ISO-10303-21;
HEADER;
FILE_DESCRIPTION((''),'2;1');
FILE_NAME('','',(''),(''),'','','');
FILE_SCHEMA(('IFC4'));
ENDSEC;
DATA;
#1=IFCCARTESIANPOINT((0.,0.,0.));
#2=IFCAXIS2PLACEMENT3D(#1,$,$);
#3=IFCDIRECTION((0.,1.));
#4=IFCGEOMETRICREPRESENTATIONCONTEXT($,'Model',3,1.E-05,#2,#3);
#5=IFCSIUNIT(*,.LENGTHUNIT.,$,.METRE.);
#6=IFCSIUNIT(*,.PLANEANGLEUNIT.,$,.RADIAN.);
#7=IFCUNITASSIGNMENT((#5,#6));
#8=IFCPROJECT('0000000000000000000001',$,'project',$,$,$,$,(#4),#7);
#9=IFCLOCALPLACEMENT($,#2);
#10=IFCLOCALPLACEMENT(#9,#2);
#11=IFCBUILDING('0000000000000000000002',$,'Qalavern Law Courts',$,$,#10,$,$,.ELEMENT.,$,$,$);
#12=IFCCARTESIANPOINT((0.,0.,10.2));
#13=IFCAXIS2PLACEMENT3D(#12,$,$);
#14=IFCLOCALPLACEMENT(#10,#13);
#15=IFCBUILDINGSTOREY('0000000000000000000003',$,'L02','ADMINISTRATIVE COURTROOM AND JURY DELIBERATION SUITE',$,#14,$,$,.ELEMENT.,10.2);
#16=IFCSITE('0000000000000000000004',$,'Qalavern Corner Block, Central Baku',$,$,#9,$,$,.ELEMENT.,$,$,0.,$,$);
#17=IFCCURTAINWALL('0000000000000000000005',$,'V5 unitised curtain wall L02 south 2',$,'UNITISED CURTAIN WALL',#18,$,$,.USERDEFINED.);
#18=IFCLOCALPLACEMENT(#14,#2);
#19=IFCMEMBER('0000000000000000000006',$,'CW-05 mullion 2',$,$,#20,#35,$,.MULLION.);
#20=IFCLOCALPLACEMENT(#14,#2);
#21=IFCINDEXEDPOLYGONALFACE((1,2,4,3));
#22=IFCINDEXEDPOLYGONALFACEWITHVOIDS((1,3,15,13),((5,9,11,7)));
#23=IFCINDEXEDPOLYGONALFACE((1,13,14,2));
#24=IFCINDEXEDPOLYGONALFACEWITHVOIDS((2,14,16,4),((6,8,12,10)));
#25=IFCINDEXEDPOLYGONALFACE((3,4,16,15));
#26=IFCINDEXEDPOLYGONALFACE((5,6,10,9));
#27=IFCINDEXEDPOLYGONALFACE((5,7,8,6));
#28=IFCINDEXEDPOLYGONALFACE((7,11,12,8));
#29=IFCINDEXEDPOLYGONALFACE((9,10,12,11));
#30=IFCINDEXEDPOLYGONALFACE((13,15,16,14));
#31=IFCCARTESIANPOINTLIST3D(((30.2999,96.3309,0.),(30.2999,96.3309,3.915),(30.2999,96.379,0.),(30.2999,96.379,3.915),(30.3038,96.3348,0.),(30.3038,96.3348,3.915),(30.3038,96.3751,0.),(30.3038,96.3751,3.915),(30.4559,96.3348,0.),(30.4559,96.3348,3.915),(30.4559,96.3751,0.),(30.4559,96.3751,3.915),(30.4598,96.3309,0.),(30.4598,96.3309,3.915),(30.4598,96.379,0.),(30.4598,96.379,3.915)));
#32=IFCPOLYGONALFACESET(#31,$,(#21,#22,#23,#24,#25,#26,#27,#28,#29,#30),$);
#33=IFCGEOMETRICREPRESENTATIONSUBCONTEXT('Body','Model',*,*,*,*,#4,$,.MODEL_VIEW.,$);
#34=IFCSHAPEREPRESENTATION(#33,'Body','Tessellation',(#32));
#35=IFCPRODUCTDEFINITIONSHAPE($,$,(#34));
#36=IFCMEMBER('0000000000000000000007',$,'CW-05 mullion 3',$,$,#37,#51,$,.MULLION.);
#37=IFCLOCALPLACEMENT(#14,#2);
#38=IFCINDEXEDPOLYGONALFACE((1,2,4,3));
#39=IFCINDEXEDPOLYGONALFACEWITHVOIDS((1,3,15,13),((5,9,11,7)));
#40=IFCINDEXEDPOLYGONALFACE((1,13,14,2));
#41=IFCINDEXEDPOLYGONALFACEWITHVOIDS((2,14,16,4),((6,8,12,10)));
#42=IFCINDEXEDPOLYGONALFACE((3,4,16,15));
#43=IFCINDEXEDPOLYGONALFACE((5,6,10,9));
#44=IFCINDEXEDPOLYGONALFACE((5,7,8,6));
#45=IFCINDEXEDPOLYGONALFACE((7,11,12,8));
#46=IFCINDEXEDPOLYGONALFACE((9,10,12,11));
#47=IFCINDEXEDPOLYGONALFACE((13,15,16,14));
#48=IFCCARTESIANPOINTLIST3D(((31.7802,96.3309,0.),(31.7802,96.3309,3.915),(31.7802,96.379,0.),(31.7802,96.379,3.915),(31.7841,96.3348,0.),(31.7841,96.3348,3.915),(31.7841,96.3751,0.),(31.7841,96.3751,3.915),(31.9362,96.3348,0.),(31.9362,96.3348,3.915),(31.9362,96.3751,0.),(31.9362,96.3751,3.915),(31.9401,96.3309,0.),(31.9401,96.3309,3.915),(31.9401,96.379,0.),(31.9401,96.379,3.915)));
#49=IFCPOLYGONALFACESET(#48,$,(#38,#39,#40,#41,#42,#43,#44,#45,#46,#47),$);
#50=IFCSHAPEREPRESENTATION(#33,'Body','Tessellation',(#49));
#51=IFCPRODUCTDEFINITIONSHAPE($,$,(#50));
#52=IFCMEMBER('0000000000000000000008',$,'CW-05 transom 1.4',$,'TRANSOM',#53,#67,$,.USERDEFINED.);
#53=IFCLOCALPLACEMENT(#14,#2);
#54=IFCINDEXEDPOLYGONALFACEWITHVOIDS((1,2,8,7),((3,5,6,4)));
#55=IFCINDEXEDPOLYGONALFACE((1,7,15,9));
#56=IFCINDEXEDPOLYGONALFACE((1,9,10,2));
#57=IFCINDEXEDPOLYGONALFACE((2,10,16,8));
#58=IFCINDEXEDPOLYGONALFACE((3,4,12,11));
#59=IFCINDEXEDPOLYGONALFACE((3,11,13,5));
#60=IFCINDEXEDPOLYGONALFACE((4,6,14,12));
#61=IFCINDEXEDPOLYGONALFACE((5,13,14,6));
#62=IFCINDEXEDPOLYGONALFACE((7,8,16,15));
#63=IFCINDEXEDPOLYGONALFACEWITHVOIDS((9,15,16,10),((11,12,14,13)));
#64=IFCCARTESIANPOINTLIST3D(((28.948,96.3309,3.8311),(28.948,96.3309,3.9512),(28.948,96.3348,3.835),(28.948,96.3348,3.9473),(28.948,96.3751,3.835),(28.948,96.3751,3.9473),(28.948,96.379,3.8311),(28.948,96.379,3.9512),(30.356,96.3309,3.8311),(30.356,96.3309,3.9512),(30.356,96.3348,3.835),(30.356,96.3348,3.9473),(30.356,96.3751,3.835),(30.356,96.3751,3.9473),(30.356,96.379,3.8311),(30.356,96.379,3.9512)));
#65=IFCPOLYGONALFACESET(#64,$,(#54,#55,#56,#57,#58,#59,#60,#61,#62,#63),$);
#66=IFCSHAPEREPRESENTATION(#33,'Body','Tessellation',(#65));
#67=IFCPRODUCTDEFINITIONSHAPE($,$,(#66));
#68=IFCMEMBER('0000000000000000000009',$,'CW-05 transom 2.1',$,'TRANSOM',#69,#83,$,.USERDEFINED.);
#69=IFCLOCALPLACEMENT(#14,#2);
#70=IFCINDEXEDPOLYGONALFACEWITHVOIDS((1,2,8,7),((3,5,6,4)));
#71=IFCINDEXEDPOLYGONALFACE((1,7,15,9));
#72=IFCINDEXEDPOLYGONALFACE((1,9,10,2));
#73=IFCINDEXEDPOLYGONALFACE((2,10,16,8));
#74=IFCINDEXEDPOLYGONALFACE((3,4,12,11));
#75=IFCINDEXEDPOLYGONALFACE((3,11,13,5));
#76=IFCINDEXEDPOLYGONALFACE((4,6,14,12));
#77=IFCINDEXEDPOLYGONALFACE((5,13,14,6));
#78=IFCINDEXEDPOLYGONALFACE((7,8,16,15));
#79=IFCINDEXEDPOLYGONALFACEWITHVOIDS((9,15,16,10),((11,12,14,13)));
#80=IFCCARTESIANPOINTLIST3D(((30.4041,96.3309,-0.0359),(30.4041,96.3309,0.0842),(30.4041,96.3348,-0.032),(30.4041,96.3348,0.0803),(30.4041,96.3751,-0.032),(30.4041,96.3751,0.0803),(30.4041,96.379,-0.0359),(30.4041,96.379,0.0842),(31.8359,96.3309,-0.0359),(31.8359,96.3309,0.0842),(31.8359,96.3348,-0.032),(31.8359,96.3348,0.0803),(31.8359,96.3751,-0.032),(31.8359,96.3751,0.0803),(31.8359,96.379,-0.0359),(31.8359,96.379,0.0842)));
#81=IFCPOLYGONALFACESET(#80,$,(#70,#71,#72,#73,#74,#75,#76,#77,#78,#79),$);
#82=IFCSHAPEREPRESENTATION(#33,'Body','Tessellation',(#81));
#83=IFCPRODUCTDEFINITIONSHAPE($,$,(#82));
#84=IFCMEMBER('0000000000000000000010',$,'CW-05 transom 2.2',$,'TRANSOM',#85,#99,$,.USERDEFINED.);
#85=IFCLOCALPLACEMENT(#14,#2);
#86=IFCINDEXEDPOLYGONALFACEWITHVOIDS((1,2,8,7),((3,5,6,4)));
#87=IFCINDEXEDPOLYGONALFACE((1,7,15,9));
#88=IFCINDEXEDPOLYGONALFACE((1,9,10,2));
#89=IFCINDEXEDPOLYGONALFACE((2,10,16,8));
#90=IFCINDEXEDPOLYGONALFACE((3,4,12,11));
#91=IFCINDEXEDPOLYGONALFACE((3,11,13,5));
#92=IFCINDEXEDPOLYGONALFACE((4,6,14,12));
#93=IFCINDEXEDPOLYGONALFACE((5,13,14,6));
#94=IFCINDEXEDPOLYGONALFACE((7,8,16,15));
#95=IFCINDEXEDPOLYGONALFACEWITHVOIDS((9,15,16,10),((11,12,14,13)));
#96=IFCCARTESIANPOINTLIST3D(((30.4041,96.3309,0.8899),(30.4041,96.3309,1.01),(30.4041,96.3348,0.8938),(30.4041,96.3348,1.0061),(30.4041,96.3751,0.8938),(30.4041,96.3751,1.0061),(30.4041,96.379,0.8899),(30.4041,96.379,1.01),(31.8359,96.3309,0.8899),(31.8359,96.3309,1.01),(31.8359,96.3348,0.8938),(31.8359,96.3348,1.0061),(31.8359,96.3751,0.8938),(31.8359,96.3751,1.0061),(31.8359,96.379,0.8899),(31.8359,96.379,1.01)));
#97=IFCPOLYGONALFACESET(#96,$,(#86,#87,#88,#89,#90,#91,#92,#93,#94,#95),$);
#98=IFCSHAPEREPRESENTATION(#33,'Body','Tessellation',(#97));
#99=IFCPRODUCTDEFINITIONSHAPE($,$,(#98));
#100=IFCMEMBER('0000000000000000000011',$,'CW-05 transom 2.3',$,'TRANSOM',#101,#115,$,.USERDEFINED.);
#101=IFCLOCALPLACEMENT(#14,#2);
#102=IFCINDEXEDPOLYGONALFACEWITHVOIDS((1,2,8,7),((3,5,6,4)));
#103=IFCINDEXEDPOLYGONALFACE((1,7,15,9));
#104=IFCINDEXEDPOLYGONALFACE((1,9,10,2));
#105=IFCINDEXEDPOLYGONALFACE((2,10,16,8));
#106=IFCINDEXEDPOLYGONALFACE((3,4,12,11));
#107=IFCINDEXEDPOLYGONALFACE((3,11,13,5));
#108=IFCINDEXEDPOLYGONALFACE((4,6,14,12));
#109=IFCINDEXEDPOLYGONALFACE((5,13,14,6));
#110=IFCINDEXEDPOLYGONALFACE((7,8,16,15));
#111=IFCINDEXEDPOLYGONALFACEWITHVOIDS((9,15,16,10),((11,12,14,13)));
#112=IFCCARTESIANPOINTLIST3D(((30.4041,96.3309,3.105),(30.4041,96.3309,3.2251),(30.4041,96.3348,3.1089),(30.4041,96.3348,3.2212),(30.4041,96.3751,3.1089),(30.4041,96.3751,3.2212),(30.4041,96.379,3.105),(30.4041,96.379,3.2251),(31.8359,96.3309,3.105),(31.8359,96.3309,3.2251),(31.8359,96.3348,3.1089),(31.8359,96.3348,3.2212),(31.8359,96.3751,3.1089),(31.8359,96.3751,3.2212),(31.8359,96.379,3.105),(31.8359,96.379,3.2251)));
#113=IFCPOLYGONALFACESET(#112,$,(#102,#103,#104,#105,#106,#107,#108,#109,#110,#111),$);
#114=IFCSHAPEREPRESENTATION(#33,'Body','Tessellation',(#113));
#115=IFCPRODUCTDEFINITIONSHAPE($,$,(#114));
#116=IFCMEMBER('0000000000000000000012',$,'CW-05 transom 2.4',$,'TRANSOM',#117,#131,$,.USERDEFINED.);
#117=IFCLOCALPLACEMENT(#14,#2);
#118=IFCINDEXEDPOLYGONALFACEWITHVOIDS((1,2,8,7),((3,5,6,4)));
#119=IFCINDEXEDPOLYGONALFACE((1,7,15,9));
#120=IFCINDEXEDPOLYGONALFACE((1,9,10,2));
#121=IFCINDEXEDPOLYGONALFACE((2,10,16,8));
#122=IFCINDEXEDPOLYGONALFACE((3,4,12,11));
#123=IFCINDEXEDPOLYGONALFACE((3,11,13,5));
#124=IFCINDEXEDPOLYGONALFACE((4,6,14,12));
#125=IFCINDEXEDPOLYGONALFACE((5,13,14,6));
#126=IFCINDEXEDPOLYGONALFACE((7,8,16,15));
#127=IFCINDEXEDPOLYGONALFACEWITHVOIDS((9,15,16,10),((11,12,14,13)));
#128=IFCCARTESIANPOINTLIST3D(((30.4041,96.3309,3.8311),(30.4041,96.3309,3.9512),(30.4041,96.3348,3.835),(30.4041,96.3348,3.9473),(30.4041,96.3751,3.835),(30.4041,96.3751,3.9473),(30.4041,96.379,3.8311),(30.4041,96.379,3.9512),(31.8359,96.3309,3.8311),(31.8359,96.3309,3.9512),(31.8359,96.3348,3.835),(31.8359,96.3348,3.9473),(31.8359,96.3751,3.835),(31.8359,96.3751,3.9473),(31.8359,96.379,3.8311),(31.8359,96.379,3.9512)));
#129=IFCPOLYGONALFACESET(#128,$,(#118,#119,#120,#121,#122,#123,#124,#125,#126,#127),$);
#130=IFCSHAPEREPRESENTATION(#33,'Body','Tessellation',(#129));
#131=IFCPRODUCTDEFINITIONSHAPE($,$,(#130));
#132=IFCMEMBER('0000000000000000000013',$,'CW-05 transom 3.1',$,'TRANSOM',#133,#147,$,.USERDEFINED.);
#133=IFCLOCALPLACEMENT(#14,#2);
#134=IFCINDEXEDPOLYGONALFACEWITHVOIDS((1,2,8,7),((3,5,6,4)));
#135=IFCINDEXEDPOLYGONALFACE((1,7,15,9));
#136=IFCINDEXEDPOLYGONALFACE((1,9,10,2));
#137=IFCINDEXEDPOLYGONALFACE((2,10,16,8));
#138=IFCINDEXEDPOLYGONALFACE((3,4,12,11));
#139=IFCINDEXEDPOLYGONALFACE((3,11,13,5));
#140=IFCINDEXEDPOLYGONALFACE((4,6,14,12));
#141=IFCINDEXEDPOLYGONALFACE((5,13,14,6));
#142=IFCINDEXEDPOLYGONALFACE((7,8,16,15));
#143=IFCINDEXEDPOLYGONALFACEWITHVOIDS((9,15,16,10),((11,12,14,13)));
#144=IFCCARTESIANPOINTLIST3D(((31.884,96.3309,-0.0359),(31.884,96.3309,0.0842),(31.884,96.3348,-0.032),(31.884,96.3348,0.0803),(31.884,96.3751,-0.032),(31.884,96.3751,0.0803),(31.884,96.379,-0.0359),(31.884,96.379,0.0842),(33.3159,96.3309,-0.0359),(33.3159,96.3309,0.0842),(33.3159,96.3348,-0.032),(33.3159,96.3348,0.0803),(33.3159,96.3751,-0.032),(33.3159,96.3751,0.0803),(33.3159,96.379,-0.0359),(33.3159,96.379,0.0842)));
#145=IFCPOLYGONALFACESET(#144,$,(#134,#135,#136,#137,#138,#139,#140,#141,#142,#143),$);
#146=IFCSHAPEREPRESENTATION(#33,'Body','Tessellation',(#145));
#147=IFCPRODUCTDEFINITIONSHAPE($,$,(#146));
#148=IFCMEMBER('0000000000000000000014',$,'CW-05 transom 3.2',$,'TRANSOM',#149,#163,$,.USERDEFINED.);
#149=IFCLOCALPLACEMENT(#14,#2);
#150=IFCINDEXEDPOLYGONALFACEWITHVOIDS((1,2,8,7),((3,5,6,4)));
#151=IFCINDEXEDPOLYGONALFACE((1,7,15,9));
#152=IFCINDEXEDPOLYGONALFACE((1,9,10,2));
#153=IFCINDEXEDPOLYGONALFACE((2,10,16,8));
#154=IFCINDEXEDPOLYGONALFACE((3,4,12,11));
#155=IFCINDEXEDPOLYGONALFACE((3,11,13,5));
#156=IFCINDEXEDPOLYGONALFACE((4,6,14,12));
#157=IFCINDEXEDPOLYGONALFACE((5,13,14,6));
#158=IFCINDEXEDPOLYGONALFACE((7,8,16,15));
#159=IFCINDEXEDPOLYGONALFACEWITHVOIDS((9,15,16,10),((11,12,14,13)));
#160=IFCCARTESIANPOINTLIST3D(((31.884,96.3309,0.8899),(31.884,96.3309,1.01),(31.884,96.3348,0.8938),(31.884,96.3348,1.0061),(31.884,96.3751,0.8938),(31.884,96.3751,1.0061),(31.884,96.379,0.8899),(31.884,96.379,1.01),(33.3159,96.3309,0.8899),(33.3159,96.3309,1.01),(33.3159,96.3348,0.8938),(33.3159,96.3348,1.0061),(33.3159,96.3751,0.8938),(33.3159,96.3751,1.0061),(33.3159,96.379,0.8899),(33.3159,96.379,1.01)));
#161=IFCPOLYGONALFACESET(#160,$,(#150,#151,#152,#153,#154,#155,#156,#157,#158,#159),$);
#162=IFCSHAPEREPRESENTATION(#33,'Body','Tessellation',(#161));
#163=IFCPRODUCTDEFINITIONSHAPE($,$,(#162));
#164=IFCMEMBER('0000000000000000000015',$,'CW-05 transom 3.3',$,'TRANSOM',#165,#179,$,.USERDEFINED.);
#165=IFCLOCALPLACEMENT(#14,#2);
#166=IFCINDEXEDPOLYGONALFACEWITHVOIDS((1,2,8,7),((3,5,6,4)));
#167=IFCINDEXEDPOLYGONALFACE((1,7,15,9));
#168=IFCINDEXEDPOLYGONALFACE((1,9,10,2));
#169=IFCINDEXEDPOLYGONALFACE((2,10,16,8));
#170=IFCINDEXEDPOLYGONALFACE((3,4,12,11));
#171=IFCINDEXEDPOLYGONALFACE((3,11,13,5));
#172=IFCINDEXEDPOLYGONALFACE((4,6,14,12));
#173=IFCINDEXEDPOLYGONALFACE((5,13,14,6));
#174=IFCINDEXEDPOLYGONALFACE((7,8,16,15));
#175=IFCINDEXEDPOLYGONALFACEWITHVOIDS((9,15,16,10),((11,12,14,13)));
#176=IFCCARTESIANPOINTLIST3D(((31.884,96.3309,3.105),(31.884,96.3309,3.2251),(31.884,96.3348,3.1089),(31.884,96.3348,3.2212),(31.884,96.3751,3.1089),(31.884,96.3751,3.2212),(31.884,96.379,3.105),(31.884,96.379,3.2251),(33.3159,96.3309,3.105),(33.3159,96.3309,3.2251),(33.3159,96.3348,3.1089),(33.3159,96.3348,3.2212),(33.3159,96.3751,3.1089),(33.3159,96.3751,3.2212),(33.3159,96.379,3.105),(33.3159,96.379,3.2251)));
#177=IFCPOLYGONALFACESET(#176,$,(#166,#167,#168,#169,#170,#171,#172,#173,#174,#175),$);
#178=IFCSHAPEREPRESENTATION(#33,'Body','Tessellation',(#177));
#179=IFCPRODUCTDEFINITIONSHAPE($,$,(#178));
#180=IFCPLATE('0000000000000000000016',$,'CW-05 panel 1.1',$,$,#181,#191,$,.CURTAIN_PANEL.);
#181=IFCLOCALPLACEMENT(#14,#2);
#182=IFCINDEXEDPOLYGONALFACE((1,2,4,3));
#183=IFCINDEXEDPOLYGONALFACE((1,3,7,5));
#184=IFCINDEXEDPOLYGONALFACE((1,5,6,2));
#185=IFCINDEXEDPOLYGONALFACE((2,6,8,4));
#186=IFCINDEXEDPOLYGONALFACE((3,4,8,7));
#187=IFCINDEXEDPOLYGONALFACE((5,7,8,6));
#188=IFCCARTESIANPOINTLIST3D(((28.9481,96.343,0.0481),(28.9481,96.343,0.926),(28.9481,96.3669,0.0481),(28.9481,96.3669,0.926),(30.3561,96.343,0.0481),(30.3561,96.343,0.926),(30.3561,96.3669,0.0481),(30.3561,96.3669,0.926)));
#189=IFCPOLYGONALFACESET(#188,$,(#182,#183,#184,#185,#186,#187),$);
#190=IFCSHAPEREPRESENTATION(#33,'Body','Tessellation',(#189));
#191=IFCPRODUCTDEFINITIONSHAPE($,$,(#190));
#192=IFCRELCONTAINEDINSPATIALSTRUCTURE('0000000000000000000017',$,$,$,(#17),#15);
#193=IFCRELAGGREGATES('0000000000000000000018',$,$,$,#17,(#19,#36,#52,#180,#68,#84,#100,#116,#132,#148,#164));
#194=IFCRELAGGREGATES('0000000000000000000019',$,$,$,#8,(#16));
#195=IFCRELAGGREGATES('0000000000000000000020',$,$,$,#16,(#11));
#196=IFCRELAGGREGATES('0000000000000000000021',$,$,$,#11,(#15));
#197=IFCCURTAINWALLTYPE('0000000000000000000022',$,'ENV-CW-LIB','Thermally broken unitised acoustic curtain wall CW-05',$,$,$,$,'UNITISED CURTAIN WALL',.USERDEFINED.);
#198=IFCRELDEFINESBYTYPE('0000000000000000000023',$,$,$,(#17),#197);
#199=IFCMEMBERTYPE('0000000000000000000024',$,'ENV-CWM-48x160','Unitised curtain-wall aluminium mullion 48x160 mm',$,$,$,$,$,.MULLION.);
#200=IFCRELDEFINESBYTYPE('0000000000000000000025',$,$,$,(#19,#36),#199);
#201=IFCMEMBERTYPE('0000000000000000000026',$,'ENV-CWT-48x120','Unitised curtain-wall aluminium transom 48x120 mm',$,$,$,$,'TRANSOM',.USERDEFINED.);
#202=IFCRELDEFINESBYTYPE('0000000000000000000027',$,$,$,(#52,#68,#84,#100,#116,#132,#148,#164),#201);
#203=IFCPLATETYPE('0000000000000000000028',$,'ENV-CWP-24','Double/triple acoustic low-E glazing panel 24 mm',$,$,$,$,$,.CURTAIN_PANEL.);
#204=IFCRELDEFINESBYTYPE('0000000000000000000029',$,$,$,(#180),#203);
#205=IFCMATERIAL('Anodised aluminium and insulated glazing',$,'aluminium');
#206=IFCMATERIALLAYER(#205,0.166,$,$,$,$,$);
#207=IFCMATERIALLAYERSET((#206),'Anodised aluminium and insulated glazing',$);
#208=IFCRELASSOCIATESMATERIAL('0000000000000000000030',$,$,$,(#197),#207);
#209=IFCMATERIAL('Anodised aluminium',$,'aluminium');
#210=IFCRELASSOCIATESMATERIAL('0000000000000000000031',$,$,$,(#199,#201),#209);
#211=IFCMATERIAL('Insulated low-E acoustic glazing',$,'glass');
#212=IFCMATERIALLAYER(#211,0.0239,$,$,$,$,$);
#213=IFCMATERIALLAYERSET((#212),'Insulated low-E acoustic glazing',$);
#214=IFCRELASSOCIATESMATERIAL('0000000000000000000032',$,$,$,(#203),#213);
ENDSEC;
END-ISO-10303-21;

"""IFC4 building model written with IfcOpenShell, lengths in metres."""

from ifc_helpers import new_model, si_unit, direction, frame, origin, origin_2d, place, context, subcontext, project, spatial, rectangle, hollow_rectangle, extrude, material, layer, layer_set, material_profile, profile_set, type_object, element, aggregate, save


model = new_model("IFC4")

# Units and contexts
model_context = context("Model", 3, precision=1e-05, world=origin(), true_north=direction((0.0, 1.0)))
body_context = subcontext(model_context, "Body", "Model", "MODEL_VIEW")
ifc_project = project(units=[si_unit("LENGTHUNIT", "METRE"), si_unit("PLANEANGLEUNIT", "RADIAN")], contexts=[model_context])

# Site, building, storey
site_placement = place(None, origin())
site = spatial("IfcSite", under=ifc_project, at=site_placement, Name="Qalavern Corner Block, Central Baku", CompositionType="ELEMENT", RefElevation=0.0)
building_placement = place(site_placement, origin())
building = spatial("IfcBuilding", under=site, at=building_placement, Name="Qalavern Law Courts", CompositionType="ELEMENT")
storey_placement = place(building_placement, frame((0.0, 0.0, 10.2)))
storey = spatial("IfcBuildingStorey", under=building, at=storey_placement, Name="L02", Description="ADMINISTRATIVE COURTROOM AND JURY DELIBERATION SUITE", CompositionType="ELEMENT", Elevation=10.2)

# Curtain wall, members, plate
ifc_material_1 = material(Name="Anodised aluminium and insulated glazing", Category="aluminium")
ifc_layer_1 = layer(ifc_material_1, 0.166)
ifc_layer_set_1 = layer_set([ifc_layer_1], Name="Anodised aluminium and insulated glazing")
curtain_wall_type = type_object("IfcCurtainWallType", Name="ENV-CW-LIB", Description="Thermally broken unitised acoustic curtain wall CW-05", ElementType="UNITISED CURTAIN WALL", PredefinedType="USERDEFINED", material=ifc_layer_set_1)
curtain_wall_placement = place(storey_placement, origin())
curtain_wall = element("IfcCurtainWall", 1, at=curtain_wall_placement, inside=storey, type_object=curtain_wall_type, Name="V5 unitised curtain wall L02 south 2", ObjectType="UNITISED CURTAIN WALL", PredefinedType="USERDEFINED")
ifc_material_2 = material(Name="Anodised aluminium", Category="aluminium")
ifc_material_profile_1 = material_profile(ifc_material_2, hollow_rectangle(XDim=0.0481, YDim=0.1599, WallThickness=0.0039, at=origin_2d()), Name="ALU MULLION 48x160")
ifc_profile_set_1 = profile_set([ifc_material_profile_1], Name="Anodised aluminium")
member_type_1 = type_object("IfcMemberType", Name="ENV-CWM-48x160", Description="Unitised curtain-wall aluminium mullion 48x160 mm", PredefinedType="MULLION", material=ifc_profile_set_1)
member_1_placement = place(storey_placement, frame((30.3799, 96.355, 0.0), z_axis=(0.0, 0.0, 1.0), x_axis=(0.0, 1.0, 0.0)))
member_1 = element("IfcMember", 2, at=member_1_placement, type_object=member_type_1, Name="CW-05 mullion 2", PredefinedType="MULLION", context=body_context, shape_type="SweptSolid", body=[
    extrude(hollow_rectangle(XDim=0.0481, YDim=0.1599, WallThickness=0.0039, at=origin_2d()), origin(), (0.0, 0.0, 1.0), 3.915),
])
member_2_placement = place(storey_placement, frame((31.8601, 96.355, 0.0), z_axis=(0.0, 0.0, 1.0), x_axis=(0.0, 1.0, 0.0)))
member_2 = element("IfcMember", 3, at=member_2_placement, type_object=member_type_1, Name="CW-05 mullion 3", PredefinedType="MULLION", context=body_context, shape_type="SweptSolid", body=[
    extrude(hollow_rectangle(XDim=0.0481, YDim=0.1599, WallThickness=0.0039, at=origin_2d()), origin(), (0.0, 0.0, 1.0), 3.915),
])
ifc_material_profile_2 = material_profile(ifc_material_2, hollow_rectangle(XDim=0.0481, YDim=0.1201, WallThickness=0.0039, at=origin_2d()), Name="ALU TRANSOM 48x120")
ifc_profile_set_2 = profile_set([ifc_material_profile_2], Name="Anodised aluminium")
member_type_2 = type_object("IfcMemberType", Name="ENV-CWT-48x120", Description="Unitised curtain-wall aluminium transom 48x120 mm", ElementType="TRANSOM", PredefinedType="USERDEFINED", material=ifc_profile_set_2)
member_3_placement = place(storey_placement, frame((28.948, 96.355, 3.8911), z_axis=(1.0, 0.0, 0.0), x_axis=(0.0, 1.0, 0.0)))
member_3 = element("IfcMember", 4, at=member_3_placement, type_object=member_type_2, Name="CW-05 transom 1.4", ObjectType="TRANSOM", PredefinedType="USERDEFINED", context=body_context, shape_type="SweptSolid", body=[
    extrude(hollow_rectangle(XDim=0.0481, YDim=0.1201, WallThickness=0.0039, at=origin_2d()), origin(), (0.0, 0.0, 1.0), 1.408),
])
member_4_placement = place(storey_placement, frame((30.4041, 96.355, 0.0242), z_axis=(1.0, 0.0, 0.0), x_axis=(0.0, 1.0, 0.0)))
member_4 = element("IfcMember", 5, at=member_4_placement, type_object=member_type_2, Name="CW-05 transom 2.1", ObjectType="TRANSOM", PredefinedType="USERDEFINED", context=body_context, shape_type="SweptSolid", body=[
    extrude(hollow_rectangle(XDim=0.0481, YDim=0.1201, WallThickness=0.0039, at=origin_2d()), origin(), (0.0, 0.0, 1.0), 1.4319),
])
member_5_placement = place(storey_placement, frame((30.4041, 96.355, 0.95), z_axis=(1.0, 0.0, 0.0), x_axis=(0.0, 1.0, 0.0)))
member_5 = element("IfcMember", 6, at=member_5_placement, type_object=member_type_2, Name="CW-05 transom 2.2", ObjectType="TRANSOM", PredefinedType="USERDEFINED", context=body_context, shape_type="SweptSolid", body=[
    extrude(hollow_rectangle(XDim=0.0481, YDim=0.1201, WallThickness=0.0039, at=origin_2d()), origin(), (0.0, 0.0, 1.0), 1.4319),
])
member_6_placement = place(storey_placement, frame((30.4041, 96.355, 3.165), z_axis=(1.0, 0.0, 0.0), x_axis=(0.0, 1.0, 0.0)))
member_6 = element("IfcMember", 7, at=member_6_placement, type_object=member_type_2, Name="CW-05 transom 2.3", ObjectType="TRANSOM", PredefinedType="USERDEFINED", context=body_context, shape_type="SweptSolid", body=[
    extrude(hollow_rectangle(XDim=0.0481, YDim=0.1201, WallThickness=0.0039, at=origin_2d()), origin(), (0.0, 0.0, 1.0), 1.4319),
])
member_7_placement = place(storey_placement, frame((30.4041, 96.355, 3.8911), z_axis=(1.0, 0.0, 0.0), x_axis=(0.0, 1.0, 0.0)))
member_7 = element("IfcMember", 8, at=member_7_placement, type_object=member_type_2, Name="CW-05 transom 2.4", ObjectType="TRANSOM", PredefinedType="USERDEFINED", context=body_context, shape_type="SweptSolid", body=[
    extrude(hollow_rectangle(XDim=0.0481, YDim=0.1201, WallThickness=0.0039, at=origin_2d()), origin(), (0.0, 0.0, 1.0), 1.4319),
])
member_8_placement = place(storey_placement, frame((31.884, 96.355, 0.0242), z_axis=(1.0, 0.0, 0.0), x_axis=(0.0, 1.0, 0.0)))
member_8 = element("IfcMember", 9, at=member_8_placement, type_object=member_type_2, Name="CW-05 transom 3.1", ObjectType="TRANSOM", PredefinedType="USERDEFINED", context=body_context, shape_type="SweptSolid", body=[
    extrude(hollow_rectangle(XDim=0.0481, YDim=0.1201, WallThickness=0.0039, at=origin_2d()), origin(), (0.0, 0.0, 1.0), 1.4319),
])
member_9_placement = place(storey_placement, frame((31.884, 96.355, 0.95), z_axis=(1.0, 0.0, 0.0), x_axis=(0.0, 1.0, 0.0)))
member_9 = element("IfcMember", 10, at=member_9_placement, type_object=member_type_2, Name="CW-05 transom 3.2", ObjectType="TRANSOM", PredefinedType="USERDEFINED", context=body_context, shape_type="SweptSolid", body=[
    extrude(hollow_rectangle(XDim=0.0481, YDim=0.1201, WallThickness=0.0039, at=origin_2d()), origin(), (0.0, 0.0, 1.0), 1.4319),
])
member_10_placement = place(storey_placement, frame((31.884, 96.355, 3.165), z_axis=(1.0, 0.0, 0.0), x_axis=(0.0, 1.0, 0.0)))
member_10 = element("IfcMember", 11, at=member_10_placement, type_object=member_type_2, Name="CW-05 transom 3.3", ObjectType="TRANSOM", PredefinedType="USERDEFINED", context=body_context, shape_type="SweptSolid", body=[
    extrude(hollow_rectangle(XDim=0.0481, YDim=0.1201, WallThickness=0.0039, at=origin_2d()), origin(), (0.0, 0.0, 1.0), 1.4319),
])
ifc_material_3 = material(Name="Insulated low-E acoustic glazing", Category="glass")
ifc_layer_2 = layer(ifc_material_3, 0.0239)
ifc_layer_set_2 = layer_set([ifc_layer_2], Name="Insulated low-E acoustic glazing")
plate_type = type_object("IfcPlateType", Name="ENV-CWP-24", Description="Double/triple acoustic low-E glazing panel 24 mm", PredefinedType="CURTAIN_PANEL", material=ifc_layer_set_2)
plate_1_placement = place(storey_placement, frame((29.6521, 96.355, 0.0481), z_axis=(0.0, 0.0, 1.0), x_axis=(1.0, 0.0, 0.0)))
plate_1 = element("IfcPlate", 12, at=plate_1_placement, type_object=plate_type, Name="CW-05 panel 1.1", PredefinedType="CURTAIN_PANEL", context=body_context, shape_type="SweptSolid", body=[
    extrude(rectangle(XDim=1.408, YDim=0.0239, at=origin_2d()), origin(), (0.0, 0.0, 1.0), 0.8779),
])
aggregate(curtain_wall, [member_1, member_2, member_3, plate_1, member_4, member_5, member_6, member_7, member_8, member_9, member_10])

save(model, "model.ifc")
